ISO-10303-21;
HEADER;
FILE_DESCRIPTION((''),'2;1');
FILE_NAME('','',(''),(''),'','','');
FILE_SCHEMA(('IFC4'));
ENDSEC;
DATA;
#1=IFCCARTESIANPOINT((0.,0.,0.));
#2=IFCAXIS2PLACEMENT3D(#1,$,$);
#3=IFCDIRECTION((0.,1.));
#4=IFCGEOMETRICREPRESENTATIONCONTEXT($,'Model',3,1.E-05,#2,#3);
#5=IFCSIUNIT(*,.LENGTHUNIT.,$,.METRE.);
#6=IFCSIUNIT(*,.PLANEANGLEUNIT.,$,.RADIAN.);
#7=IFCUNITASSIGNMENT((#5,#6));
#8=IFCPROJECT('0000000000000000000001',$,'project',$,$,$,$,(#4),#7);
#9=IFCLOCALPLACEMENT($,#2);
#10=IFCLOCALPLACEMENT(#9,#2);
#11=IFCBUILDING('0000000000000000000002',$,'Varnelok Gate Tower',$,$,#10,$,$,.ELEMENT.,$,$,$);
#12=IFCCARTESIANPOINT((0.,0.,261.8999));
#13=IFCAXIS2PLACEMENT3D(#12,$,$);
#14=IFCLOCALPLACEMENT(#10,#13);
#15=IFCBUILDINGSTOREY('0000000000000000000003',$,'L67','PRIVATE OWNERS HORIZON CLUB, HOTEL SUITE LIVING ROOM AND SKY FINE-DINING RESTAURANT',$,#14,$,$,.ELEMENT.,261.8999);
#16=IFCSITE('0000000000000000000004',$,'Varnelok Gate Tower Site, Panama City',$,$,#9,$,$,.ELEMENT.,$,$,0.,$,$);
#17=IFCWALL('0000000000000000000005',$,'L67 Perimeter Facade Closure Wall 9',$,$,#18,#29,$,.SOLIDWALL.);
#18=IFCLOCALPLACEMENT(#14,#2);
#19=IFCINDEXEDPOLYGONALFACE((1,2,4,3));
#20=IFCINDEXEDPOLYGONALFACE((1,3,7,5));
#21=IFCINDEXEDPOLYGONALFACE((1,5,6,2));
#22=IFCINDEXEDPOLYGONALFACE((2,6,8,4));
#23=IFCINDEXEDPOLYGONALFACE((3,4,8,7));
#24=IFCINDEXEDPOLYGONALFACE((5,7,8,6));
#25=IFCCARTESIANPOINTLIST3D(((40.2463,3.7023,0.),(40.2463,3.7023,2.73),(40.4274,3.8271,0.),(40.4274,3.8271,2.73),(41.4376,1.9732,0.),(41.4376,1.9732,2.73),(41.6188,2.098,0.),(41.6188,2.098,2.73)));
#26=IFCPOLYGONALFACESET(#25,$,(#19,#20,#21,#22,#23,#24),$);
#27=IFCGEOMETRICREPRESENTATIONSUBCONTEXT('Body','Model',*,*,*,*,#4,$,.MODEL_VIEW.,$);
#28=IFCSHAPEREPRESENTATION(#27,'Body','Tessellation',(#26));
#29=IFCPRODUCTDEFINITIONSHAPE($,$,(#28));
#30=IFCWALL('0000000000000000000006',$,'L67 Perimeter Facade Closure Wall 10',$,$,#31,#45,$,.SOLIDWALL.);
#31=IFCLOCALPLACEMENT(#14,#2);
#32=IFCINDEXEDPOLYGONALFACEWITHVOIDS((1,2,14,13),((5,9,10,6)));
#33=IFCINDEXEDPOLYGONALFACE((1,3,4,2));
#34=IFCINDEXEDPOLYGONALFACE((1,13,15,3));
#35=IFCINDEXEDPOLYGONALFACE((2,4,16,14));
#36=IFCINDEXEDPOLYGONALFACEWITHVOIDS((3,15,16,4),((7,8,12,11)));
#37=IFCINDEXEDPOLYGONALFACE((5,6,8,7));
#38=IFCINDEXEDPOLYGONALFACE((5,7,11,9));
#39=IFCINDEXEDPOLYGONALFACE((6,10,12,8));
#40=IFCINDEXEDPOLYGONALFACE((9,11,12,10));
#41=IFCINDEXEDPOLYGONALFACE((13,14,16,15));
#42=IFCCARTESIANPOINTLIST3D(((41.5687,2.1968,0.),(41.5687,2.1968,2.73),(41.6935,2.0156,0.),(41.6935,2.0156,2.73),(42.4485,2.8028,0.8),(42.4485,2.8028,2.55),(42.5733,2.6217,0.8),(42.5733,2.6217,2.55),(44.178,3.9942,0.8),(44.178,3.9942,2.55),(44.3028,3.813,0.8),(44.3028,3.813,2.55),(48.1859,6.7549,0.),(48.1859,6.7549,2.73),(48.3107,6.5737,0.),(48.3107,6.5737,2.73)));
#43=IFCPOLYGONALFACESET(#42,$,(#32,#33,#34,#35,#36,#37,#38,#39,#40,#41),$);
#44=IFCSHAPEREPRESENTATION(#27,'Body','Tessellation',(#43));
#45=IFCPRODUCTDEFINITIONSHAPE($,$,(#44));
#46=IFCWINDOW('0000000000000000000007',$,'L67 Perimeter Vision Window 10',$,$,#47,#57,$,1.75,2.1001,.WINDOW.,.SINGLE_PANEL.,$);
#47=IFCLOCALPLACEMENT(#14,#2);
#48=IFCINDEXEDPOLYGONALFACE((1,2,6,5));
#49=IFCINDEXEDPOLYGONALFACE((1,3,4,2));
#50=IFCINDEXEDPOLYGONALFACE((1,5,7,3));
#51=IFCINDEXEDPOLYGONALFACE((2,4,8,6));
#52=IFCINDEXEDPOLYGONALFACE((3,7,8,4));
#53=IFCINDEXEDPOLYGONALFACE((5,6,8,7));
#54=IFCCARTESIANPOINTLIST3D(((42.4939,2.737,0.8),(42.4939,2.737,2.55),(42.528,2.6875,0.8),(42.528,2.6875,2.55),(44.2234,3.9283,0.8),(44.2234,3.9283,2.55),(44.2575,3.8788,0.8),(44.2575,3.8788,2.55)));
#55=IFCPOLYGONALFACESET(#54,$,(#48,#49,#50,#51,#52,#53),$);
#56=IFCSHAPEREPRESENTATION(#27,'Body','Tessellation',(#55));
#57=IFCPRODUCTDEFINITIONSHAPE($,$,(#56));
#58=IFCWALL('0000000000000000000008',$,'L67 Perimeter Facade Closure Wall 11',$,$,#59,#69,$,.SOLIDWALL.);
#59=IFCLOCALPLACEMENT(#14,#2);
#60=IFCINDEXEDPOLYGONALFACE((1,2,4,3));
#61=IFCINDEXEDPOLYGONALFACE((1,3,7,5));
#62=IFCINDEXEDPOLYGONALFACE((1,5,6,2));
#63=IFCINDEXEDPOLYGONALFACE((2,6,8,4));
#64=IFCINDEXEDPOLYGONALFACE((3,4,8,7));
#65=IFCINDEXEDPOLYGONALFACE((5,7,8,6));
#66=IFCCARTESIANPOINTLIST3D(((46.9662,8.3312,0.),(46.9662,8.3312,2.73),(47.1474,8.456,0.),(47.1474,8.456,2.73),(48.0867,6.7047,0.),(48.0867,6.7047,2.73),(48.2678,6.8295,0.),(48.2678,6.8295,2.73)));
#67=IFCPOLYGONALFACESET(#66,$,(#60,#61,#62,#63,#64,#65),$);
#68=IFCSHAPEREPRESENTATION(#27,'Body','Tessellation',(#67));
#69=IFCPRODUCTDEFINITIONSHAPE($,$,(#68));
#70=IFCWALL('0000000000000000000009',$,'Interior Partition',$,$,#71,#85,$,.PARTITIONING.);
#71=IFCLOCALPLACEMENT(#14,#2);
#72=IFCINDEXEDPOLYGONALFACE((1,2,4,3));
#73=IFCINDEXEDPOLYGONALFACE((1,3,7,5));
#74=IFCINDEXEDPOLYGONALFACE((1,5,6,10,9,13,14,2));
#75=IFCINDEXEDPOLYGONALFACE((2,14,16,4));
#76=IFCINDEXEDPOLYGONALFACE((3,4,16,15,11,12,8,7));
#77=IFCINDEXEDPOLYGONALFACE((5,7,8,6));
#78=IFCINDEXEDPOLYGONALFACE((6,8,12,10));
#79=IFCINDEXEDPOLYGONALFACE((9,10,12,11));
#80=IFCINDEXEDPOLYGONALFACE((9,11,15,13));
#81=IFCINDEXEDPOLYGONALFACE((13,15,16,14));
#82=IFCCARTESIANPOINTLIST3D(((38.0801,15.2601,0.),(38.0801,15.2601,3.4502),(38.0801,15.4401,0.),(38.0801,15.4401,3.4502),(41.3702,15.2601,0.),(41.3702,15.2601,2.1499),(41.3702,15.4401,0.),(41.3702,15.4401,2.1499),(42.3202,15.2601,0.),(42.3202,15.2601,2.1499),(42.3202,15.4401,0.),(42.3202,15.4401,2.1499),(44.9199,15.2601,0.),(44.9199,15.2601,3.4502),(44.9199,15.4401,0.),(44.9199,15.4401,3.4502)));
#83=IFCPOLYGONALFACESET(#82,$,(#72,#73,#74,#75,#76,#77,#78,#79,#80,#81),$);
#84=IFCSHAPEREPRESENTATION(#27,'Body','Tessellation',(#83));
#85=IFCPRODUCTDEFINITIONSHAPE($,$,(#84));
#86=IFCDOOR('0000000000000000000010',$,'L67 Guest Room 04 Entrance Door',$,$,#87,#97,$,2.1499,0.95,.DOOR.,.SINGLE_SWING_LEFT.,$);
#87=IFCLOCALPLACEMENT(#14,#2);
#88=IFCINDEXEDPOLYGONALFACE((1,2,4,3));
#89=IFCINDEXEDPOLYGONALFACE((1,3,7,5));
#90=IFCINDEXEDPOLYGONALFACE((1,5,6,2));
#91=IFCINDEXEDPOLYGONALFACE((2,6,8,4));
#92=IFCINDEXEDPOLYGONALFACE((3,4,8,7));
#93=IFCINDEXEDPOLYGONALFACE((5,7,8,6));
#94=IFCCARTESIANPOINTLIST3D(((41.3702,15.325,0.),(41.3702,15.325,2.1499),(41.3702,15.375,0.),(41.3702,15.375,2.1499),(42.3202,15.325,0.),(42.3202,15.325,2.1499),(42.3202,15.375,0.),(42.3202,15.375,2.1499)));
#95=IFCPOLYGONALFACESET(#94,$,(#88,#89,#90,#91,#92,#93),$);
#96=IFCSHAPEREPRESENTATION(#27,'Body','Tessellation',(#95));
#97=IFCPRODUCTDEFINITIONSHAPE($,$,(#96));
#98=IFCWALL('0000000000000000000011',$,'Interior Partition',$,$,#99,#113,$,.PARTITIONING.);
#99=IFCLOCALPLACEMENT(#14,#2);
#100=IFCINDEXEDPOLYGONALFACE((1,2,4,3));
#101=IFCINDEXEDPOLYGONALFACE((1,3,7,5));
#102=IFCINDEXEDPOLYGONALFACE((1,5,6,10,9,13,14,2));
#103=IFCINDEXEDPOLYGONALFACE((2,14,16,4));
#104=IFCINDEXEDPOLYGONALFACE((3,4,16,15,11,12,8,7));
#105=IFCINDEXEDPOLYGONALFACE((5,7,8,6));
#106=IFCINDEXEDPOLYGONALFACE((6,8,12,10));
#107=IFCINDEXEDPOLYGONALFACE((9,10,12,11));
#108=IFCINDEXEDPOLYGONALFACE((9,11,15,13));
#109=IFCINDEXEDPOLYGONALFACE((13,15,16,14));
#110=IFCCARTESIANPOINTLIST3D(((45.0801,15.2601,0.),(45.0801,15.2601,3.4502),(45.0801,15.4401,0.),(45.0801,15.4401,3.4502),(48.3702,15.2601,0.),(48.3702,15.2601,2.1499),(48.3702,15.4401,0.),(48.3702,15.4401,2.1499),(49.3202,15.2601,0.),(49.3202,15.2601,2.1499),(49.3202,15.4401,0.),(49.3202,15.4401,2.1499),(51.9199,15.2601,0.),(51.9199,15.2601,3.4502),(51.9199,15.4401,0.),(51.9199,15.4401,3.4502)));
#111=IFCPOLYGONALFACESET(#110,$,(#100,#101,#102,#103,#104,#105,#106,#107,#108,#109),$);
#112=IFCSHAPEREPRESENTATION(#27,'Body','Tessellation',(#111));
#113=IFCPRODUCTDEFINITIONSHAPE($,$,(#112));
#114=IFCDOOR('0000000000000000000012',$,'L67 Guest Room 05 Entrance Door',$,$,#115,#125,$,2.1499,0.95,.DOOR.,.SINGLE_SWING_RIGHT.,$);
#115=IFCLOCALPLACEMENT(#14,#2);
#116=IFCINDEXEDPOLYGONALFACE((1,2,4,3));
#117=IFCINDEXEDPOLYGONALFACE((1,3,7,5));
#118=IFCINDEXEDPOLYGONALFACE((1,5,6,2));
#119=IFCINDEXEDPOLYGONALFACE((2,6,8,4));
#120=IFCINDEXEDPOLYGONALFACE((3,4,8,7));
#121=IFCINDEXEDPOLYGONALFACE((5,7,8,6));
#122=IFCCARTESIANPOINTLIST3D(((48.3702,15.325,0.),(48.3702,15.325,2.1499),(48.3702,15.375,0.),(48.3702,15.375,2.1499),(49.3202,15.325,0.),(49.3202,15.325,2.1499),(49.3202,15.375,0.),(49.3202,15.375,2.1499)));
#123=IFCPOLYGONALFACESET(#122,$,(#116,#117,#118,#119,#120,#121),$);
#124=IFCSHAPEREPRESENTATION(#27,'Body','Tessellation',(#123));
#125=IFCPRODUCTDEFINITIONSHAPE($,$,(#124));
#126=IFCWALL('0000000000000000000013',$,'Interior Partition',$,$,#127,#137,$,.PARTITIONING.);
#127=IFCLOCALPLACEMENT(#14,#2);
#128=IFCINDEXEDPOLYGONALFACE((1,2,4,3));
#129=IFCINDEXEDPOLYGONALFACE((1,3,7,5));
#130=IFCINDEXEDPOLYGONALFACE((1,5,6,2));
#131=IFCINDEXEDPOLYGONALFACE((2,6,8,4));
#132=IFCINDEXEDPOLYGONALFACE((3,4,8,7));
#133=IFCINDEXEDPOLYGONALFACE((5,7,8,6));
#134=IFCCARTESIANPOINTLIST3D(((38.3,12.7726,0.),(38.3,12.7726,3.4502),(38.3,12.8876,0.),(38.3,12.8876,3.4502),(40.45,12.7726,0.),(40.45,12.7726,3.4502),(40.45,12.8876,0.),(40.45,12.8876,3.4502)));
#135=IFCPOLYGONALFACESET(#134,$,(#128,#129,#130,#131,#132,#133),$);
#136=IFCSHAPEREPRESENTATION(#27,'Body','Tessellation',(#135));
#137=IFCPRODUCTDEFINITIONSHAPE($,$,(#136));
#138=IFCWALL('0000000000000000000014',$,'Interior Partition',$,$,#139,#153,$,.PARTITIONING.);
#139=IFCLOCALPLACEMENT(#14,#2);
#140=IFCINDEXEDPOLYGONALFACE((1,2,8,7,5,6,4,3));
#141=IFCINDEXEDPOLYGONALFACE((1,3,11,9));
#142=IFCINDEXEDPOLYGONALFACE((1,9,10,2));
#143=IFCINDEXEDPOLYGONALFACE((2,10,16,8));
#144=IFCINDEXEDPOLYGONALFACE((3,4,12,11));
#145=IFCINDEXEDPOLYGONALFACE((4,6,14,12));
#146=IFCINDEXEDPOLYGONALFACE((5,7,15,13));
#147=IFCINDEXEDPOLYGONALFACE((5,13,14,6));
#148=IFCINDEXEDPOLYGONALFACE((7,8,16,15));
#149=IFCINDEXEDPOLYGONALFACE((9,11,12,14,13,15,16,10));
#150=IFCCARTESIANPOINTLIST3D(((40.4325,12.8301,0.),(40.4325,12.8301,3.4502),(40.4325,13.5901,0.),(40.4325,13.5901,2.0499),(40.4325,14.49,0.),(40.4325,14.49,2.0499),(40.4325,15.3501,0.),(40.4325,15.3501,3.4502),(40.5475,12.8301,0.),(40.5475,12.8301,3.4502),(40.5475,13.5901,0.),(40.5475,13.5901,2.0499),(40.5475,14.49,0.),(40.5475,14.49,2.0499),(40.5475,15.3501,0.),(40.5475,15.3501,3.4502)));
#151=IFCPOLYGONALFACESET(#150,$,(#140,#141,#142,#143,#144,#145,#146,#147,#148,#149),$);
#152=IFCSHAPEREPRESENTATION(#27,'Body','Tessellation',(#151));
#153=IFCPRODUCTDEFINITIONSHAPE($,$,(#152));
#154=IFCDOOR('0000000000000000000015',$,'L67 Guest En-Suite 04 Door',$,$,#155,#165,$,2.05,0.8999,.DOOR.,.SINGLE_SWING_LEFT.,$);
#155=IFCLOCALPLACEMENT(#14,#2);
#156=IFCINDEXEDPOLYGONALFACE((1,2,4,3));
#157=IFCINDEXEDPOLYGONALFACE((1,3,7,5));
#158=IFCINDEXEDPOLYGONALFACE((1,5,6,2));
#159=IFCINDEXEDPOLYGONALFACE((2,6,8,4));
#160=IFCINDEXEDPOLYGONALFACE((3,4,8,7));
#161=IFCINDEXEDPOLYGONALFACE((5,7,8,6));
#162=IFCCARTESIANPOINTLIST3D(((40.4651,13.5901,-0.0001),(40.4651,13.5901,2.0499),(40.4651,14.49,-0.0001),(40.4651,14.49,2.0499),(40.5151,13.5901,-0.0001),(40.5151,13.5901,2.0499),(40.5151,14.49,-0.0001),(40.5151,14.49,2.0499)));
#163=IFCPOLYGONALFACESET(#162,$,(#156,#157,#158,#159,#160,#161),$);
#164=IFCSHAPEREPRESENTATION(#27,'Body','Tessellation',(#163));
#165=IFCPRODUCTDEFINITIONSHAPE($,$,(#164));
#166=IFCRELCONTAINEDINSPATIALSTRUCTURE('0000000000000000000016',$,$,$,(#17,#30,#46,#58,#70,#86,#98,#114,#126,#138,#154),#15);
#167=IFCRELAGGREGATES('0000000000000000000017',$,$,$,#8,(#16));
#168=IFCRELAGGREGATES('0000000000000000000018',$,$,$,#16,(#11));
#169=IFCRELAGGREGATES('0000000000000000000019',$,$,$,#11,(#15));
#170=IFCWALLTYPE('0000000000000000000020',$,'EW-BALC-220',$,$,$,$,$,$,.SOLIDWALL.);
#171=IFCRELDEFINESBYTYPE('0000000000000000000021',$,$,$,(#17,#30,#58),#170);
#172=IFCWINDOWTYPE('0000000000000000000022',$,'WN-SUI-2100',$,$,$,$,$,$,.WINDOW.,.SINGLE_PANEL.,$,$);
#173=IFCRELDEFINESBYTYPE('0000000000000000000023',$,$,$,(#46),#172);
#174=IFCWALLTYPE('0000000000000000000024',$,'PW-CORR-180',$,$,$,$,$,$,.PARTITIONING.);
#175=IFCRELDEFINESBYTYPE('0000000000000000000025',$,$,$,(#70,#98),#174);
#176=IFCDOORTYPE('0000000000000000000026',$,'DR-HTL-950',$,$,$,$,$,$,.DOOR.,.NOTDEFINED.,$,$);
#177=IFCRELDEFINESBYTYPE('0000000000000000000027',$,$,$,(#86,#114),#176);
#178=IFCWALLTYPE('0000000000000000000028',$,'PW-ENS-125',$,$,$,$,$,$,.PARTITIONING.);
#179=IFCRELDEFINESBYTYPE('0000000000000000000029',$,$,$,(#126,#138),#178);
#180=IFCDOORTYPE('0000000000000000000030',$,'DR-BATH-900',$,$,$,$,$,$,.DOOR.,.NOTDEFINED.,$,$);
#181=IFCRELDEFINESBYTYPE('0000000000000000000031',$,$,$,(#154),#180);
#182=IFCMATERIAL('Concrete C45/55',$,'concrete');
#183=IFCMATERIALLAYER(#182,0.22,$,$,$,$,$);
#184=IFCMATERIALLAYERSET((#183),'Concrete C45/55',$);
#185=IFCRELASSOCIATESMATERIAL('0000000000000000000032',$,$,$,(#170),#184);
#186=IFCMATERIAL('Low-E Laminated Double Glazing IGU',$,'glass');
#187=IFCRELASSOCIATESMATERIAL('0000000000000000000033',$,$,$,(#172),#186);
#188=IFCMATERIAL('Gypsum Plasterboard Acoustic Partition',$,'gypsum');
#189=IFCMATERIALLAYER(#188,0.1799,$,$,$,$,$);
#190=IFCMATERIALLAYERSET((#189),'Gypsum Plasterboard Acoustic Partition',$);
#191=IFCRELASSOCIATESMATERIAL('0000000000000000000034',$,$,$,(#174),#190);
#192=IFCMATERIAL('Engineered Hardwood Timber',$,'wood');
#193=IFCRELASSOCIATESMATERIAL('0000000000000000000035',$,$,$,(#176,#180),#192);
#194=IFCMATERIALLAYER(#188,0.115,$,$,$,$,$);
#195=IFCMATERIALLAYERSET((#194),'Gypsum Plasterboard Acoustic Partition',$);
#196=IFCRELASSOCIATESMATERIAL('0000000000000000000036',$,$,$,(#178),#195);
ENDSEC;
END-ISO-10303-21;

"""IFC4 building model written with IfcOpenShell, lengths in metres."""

from ifc_helpers import new_model, si_unit, direction, frame, frame_2d, origin, place, context, subcontext, project, spatial, rectangle, extrude, material, layer, layer_set, type_object, element, fill, save


model = new_model("IFC4")

# Units and contexts
model_context = context("Model", 3, precision=1e-05, world=origin(), true_north=direction((0.0, 1.0)))
body_context = subcontext(model_context, "Body", "Model", "MODEL_VIEW")
ifc_project = project(units=[si_unit("LENGTHUNIT", "METRE"), si_unit("PLANEANGLEUNIT", "RADIAN")], contexts=[model_context])

# Site, building, storey
site_placement = place(None, origin())
site = spatial("IfcSite", under=ifc_project, at=site_placement, Name="Varnelok Gate Tower Site, Panama City", CompositionType="ELEMENT", RefElevation=0.0)
building_placement = place(site_placement, origin())
building = spatial("IfcBuilding", under=site, at=building_placement, Name="Varnelok Gate Tower", CompositionType="ELEMENT")
storey_placement = place(building_placement, frame((0.0, 0.0, 261.8999)))
storey = spatial("IfcBuildingStorey", under=building, at=storey_placement, Name="L67", Description="PRIVATE OWNERS HORIZON CLUB, HOTEL SUITE LIVING ROOM AND SKY FINE-DINING RESTAURANT", CompositionType="ELEMENT", Elevation=261.8999)

# Shared definitions
ifc_material_1 = material(Name="Concrete C45/55", Category="concrete")
ifc_layer_1 = layer(ifc_material_1, 0.22)
ifc_layer_set_1 = layer_set([ifc_layer_1], Name="Concrete C45/55")
wall_type_1 = type_object("IfcWallType", Name="EW-BALC-220", PredefinedType="SOLIDWALL", material=ifc_layer_set_1)

# Wall
wall_1_placement = place(storey_placement, frame((40.3369, 3.7646, 0.0), z_axis=(0.0, 0.0, 1.0), x_axis=(0.567353, -0.823475, 0.0)))
element("IfcWall", 1, at=wall_1_placement, inside=storey, type_object=wall_type_1, Name="L67 Perimeter Facade Closure Wall 9", PredefinedType="SOLIDWALL", context=body_context, shape_type="SweptSolid", body=[
    extrude(rectangle(XDim=2.0999, YDim=0.22, at=frame_2d((1.0498, 0.0))), origin(), (0.0, 0.0, 1.0), 2.73),
])

# Wall, opening, window
wall_2_placement = place(storey_placement, frame((41.6311, 2.1062, 0.0), z_axis=(0.0, 0.0, 1.0), x_axis=(0.823531, 0.567271, 0.0)))
wall_2 = element("IfcWall", 2, at=wall_2_placement, inside=storey, type_object=wall_type_1, Name="L67 Perimeter Facade Closure Wall 10", PredefinedType="SOLIDWALL", context=body_context, shape_type="SweptSolid", body=[
    extrude(rectangle(XDim=8.0352, YDim=0.22, at=frame_2d((4.0176, 0.0))), origin(), (0.0, 0.0, 1.0), 2.73),
])
opening_1_placement = place(wall_2_placement, frame((1.0684, 0.0, 0.8)))
opening_1 = element("IfcOpeningElement", 3, at=opening_1_placement, cuts=wall_2, PredefinedType="OPENING", context=body_context, shape_type="SweptSolid", body=[
    extrude(rectangle(XDim=2.1001, YDim=1.75, at=frame_2d((1.05, 0.875))), frame((0.0, 0.1199, 0.0), z_axis=(0.0, -1.0, 0.0), x_axis=(1.0, 0.0, 0.0)), (0.0, 0.0, 1.0), 0.24),
])
ifc_material_2 = material(Name="Low-E Laminated Double Glazing IGU", Category="glass")
window_type = type_object("IfcWindowType", Name="WN-SUI-2100", PartitioningType="SINGLE_PANEL", PredefinedType="WINDOW", material=ifc_material_2)
window_placement = place(opening_1_placement, origin())
window = element("IfcWindow", 4, at=window_placement, inside=storey, type_object=window_type, Name="L67 Perimeter Vision Window 10", OverallHeight=1.75, OverallWidth=2.1001, PartitioningType="SINGLE_PANEL", PredefinedType="WINDOW", context=body_context, shape_type="SweptSolid", body=[
    extrude(rectangle(XDim=2.1001, YDim=1.75, at=frame_2d((1.05, 0.875))), frame((0.0, 0.03, 0.0), z_axis=(0.0, -1.0, 0.0), x_axis=(1.0, 0.0, 0.0)), (0.0, 0.0, 1.0), 0.0601),
])
fill(opening_1, window)

# Wall
wall_3_placement = place(storey_placement, frame((48.1772, 6.7671, 0.0), z_axis=(0.0, 0.0, 1.0), x_axis=(-0.567274, 0.823529, 0.0)))
element("IfcWall", 5, at=wall_3_placement, inside=storey, type_object=wall_type_1, Name="L67 Perimeter Facade Closure Wall 11", PredefinedType="SOLIDWALL", context=body_context, shape_type="SweptSolid", body=[
    extrude(rectangle(XDim=1.9751, YDim=0.22, at=frame_2d((0.9875, 0.0))), origin(), (0.0, 0.0, 1.0), 2.73),
])

# Walls, openings, doors
ifc_material_3 = material(Name="Gypsum Plasterboard Acoustic Partition", Category="gypsum")
ifc_layer_2 = layer(ifc_material_3, 0.1799)
ifc_layer_set_2 = layer_set([ifc_layer_2], Name="Gypsum Plasterboard Acoustic Partition")
wall_type_2 = type_object("IfcWallType", Name="PW-CORR-180", PredefinedType="PARTITIONING", material=ifc_layer_set_2)
wall_4_placement = place(storey_placement, frame((38.0801, 15.3501, 0.0), z_axis=(0.0, 0.0, 1.0), x_axis=(1.0, 0.0, 0.0)))
wall_4 = element("IfcWall", 6, at=wall_4_placement, inside=storey, type_object=wall_type_2, Name="Interior Partition", PredefinedType="PARTITIONING", context=body_context, shape_type="SweptSolid", body=[
    extrude(rectangle(XDim=6.8398, YDim=0.1799, at=frame_2d((3.4199, 0.0))), origin(), (0.0, 0.0, 1.0), 3.4502),
])
opening_2_placement = place(wall_4_placement, frame((3.29, 0.0, 0.0)))
opening_2 = element("IfcOpeningElement", 7, at=opening_2_placement, cuts=wall_4, PredefinedType="OPENING", context=body_context, shape_type="SweptSolid", body=[
    extrude(rectangle(XDim=0.95, YDim=2.1499, at=frame_2d((0.4751, 1.075))), frame((0.0, 0.0999, 0.0), z_axis=(0.0, -1.0, 0.0), x_axis=(1.0, 0.0, 0.0)), (0.0, 0.0, 1.0), 0.2),
])
ifc_material_4 = material(Name="Engineered Hardwood Timber", Category="wood")
door_type_1 = type_object("IfcDoorType", Name="DR-HTL-950", OperationType="NOTDEFINED", PredefinedType="DOOR", material=ifc_material_4)
door_1_placement = place(opening_2_placement, origin())
door_1 = element("IfcDoor", 8, at=door_1_placement, inside=storey, type_object=door_type_1, Name="L67 Guest Room 04 Entrance Door", OperationType="SINGLE_SWING_LEFT", OverallHeight=2.1499, OverallWidth=0.95, PredefinedType="DOOR", context=body_context, shape_type="SweptSolid", body=[
    extrude(rectangle(XDim=0.95, YDim=2.1499, at=frame_2d((0.4751, 1.075))), frame((0.0, 0.0249, 0.0), z_axis=(0.0, -1.0, 0.0), x_axis=(1.0, 0.0, 0.0)), (0.0, 0.0, 1.0), 0.05),
])
fill(opening_2, door_1)
wall_5_placement = place(storey_placement, frame((45.0801, 15.3501, 0.0), z_axis=(0.0, 0.0, 1.0), x_axis=(1.0, 0.0, 0.0)))
wall_5 = element("IfcWall", 9, at=wall_5_placement, inside=storey, type_object=wall_type_2, Name="Interior Partition", PredefinedType="PARTITIONING", context=body_context, shape_type="SweptSolid", body=[
    extrude(rectangle(XDim=6.8398, YDim=0.1799, at=frame_2d((3.4199, 0.0))), origin(), (0.0, 0.0, 1.0), 3.4502),
])
opening_3_placement = place(wall_5_placement, frame((3.29, 0.0, 0.0)))
opening_3 = element("IfcOpeningElement", 10, at=opening_3_placement, cuts=wall_5, PredefinedType="OPENING", context=body_context, shape_type="SweptSolid", body=[
    extrude(rectangle(XDim=0.95, YDim=2.1499, at=frame_2d((0.4751, 1.075))), frame((0.0, 0.0999, 0.0), z_axis=(0.0, -1.0, 0.0), x_axis=(1.0, 0.0, 0.0)), (0.0, 0.0, 1.0), 0.2),
])
door_2_placement = place(opening_3_placement, origin())
door_2 = element("IfcDoor", 11, at=door_2_placement, inside=storey, type_object=door_type_1, Name="L67 Guest Room 05 Entrance Door", OperationType="SINGLE_SWING_RIGHT", OverallHeight=2.1499, OverallWidth=0.95, PredefinedType="DOOR", context=body_context, shape_type="SweptSolid", body=[
    extrude(rectangle(XDim=0.95, YDim=2.1499, at=frame_2d((0.4751, 1.075))), frame((0.0, 0.0249, 0.0), z_axis=(0.0, -1.0, 0.0), x_axis=(1.0, 0.0, 0.0)), (0.0, 0.0, 1.0), 0.05),
])
fill(opening_3, door_2)

# Wall
ifc_layer_3 = layer(ifc_material_3, 0.115)
ifc_layer_set_3 = layer_set([ifc_layer_3], Name="Gypsum Plasterboard Acoustic Partition")
wall_type_3 = type_object("IfcWallType", Name="PW-ENS-125", PredefinedType="PARTITIONING", material=ifc_layer_set_3)
wall_6_placement = place(storey_placement, frame((38.3, 12.8301, 0.0), z_axis=(0.0, 0.0, 1.0), x_axis=(1.0, 0.0, 0.0)))
element("IfcWall", 12, at=wall_6_placement, inside=storey, type_object=wall_type_3, Name="Interior Partition", PredefinedType="PARTITIONING", context=body_context, shape_type="SweptSolid", body=[
    extrude(rectangle(XDim=2.1499, YDim=0.115, at=frame_2d((1.075, 0.0))), origin(), (0.0, 0.0, 1.0), 3.4502),
])

# Wall, opening, door
wall_7_placement = place(storey_placement, frame((40.49, 12.8301, 0.0), z_axis=(0.0, 0.0, 1.0), x_axis=(0.0, 1.0, 0.0)))
wall_7 = element("IfcWall", 13, at=wall_7_placement, inside=storey, type_object=wall_type_3, Name="Interior Partition", PredefinedType="PARTITIONING", context=body_context, shape_type="SweptSolid", body=[
    extrude(rectangle(XDim=2.52, YDim=0.115, at=frame_2d((1.26, 0.0))), origin(), (0.0, 0.0, 1.0), 3.4502),
])
opening_4_placement = place(wall_7_placement, frame((0.76, 0.0, 0.0)))
opening_4 = element("IfcOpeningElement", 14, at=opening_4_placement, cuts=wall_7, PredefinedType="OPENING", context=body_context, shape_type="SweptSolid", body=[
    extrude(rectangle(XDim=0.8999, YDim=2.05, at=frame_2d((0.45, 1.0249))), frame((0.0, 0.0674, 0.0), z_axis=(0.0, -1.0, 0.0), x_axis=(1.0, 0.0, 0.0)), (0.0, 0.0, 1.0), 0.135),
])
door_type_2 = type_object("IfcDoorType", Name="DR-BATH-900", OperationType="NOTDEFINED", PredefinedType="DOOR", material=ifc_material_4)
door_3_placement = place(opening_4_placement, origin())
door_3 = element("IfcDoor", 15, at=door_3_placement, inside=storey, type_object=door_type_2, Name="L67 Guest En-Suite 04 Door", OperationType="SINGLE_SWING_LEFT", OverallHeight=2.05, OverallWidth=0.8999, PredefinedType="DOOR", context=body_context, shape_type="SweptSolid", body=[
    extrude(rectangle(XDim=0.8999, YDim=2.05, at=frame_2d((0.45, 1.0249))), frame((0.0, 0.0249, 0.0), z_axis=(0.0, -1.0, 0.0), x_axis=(1.0, 0.0, 0.0)), (0.0, 0.0, 1.0), 0.05),
])
fill(opening_4, door_3)

save(model, "model.ifc")
